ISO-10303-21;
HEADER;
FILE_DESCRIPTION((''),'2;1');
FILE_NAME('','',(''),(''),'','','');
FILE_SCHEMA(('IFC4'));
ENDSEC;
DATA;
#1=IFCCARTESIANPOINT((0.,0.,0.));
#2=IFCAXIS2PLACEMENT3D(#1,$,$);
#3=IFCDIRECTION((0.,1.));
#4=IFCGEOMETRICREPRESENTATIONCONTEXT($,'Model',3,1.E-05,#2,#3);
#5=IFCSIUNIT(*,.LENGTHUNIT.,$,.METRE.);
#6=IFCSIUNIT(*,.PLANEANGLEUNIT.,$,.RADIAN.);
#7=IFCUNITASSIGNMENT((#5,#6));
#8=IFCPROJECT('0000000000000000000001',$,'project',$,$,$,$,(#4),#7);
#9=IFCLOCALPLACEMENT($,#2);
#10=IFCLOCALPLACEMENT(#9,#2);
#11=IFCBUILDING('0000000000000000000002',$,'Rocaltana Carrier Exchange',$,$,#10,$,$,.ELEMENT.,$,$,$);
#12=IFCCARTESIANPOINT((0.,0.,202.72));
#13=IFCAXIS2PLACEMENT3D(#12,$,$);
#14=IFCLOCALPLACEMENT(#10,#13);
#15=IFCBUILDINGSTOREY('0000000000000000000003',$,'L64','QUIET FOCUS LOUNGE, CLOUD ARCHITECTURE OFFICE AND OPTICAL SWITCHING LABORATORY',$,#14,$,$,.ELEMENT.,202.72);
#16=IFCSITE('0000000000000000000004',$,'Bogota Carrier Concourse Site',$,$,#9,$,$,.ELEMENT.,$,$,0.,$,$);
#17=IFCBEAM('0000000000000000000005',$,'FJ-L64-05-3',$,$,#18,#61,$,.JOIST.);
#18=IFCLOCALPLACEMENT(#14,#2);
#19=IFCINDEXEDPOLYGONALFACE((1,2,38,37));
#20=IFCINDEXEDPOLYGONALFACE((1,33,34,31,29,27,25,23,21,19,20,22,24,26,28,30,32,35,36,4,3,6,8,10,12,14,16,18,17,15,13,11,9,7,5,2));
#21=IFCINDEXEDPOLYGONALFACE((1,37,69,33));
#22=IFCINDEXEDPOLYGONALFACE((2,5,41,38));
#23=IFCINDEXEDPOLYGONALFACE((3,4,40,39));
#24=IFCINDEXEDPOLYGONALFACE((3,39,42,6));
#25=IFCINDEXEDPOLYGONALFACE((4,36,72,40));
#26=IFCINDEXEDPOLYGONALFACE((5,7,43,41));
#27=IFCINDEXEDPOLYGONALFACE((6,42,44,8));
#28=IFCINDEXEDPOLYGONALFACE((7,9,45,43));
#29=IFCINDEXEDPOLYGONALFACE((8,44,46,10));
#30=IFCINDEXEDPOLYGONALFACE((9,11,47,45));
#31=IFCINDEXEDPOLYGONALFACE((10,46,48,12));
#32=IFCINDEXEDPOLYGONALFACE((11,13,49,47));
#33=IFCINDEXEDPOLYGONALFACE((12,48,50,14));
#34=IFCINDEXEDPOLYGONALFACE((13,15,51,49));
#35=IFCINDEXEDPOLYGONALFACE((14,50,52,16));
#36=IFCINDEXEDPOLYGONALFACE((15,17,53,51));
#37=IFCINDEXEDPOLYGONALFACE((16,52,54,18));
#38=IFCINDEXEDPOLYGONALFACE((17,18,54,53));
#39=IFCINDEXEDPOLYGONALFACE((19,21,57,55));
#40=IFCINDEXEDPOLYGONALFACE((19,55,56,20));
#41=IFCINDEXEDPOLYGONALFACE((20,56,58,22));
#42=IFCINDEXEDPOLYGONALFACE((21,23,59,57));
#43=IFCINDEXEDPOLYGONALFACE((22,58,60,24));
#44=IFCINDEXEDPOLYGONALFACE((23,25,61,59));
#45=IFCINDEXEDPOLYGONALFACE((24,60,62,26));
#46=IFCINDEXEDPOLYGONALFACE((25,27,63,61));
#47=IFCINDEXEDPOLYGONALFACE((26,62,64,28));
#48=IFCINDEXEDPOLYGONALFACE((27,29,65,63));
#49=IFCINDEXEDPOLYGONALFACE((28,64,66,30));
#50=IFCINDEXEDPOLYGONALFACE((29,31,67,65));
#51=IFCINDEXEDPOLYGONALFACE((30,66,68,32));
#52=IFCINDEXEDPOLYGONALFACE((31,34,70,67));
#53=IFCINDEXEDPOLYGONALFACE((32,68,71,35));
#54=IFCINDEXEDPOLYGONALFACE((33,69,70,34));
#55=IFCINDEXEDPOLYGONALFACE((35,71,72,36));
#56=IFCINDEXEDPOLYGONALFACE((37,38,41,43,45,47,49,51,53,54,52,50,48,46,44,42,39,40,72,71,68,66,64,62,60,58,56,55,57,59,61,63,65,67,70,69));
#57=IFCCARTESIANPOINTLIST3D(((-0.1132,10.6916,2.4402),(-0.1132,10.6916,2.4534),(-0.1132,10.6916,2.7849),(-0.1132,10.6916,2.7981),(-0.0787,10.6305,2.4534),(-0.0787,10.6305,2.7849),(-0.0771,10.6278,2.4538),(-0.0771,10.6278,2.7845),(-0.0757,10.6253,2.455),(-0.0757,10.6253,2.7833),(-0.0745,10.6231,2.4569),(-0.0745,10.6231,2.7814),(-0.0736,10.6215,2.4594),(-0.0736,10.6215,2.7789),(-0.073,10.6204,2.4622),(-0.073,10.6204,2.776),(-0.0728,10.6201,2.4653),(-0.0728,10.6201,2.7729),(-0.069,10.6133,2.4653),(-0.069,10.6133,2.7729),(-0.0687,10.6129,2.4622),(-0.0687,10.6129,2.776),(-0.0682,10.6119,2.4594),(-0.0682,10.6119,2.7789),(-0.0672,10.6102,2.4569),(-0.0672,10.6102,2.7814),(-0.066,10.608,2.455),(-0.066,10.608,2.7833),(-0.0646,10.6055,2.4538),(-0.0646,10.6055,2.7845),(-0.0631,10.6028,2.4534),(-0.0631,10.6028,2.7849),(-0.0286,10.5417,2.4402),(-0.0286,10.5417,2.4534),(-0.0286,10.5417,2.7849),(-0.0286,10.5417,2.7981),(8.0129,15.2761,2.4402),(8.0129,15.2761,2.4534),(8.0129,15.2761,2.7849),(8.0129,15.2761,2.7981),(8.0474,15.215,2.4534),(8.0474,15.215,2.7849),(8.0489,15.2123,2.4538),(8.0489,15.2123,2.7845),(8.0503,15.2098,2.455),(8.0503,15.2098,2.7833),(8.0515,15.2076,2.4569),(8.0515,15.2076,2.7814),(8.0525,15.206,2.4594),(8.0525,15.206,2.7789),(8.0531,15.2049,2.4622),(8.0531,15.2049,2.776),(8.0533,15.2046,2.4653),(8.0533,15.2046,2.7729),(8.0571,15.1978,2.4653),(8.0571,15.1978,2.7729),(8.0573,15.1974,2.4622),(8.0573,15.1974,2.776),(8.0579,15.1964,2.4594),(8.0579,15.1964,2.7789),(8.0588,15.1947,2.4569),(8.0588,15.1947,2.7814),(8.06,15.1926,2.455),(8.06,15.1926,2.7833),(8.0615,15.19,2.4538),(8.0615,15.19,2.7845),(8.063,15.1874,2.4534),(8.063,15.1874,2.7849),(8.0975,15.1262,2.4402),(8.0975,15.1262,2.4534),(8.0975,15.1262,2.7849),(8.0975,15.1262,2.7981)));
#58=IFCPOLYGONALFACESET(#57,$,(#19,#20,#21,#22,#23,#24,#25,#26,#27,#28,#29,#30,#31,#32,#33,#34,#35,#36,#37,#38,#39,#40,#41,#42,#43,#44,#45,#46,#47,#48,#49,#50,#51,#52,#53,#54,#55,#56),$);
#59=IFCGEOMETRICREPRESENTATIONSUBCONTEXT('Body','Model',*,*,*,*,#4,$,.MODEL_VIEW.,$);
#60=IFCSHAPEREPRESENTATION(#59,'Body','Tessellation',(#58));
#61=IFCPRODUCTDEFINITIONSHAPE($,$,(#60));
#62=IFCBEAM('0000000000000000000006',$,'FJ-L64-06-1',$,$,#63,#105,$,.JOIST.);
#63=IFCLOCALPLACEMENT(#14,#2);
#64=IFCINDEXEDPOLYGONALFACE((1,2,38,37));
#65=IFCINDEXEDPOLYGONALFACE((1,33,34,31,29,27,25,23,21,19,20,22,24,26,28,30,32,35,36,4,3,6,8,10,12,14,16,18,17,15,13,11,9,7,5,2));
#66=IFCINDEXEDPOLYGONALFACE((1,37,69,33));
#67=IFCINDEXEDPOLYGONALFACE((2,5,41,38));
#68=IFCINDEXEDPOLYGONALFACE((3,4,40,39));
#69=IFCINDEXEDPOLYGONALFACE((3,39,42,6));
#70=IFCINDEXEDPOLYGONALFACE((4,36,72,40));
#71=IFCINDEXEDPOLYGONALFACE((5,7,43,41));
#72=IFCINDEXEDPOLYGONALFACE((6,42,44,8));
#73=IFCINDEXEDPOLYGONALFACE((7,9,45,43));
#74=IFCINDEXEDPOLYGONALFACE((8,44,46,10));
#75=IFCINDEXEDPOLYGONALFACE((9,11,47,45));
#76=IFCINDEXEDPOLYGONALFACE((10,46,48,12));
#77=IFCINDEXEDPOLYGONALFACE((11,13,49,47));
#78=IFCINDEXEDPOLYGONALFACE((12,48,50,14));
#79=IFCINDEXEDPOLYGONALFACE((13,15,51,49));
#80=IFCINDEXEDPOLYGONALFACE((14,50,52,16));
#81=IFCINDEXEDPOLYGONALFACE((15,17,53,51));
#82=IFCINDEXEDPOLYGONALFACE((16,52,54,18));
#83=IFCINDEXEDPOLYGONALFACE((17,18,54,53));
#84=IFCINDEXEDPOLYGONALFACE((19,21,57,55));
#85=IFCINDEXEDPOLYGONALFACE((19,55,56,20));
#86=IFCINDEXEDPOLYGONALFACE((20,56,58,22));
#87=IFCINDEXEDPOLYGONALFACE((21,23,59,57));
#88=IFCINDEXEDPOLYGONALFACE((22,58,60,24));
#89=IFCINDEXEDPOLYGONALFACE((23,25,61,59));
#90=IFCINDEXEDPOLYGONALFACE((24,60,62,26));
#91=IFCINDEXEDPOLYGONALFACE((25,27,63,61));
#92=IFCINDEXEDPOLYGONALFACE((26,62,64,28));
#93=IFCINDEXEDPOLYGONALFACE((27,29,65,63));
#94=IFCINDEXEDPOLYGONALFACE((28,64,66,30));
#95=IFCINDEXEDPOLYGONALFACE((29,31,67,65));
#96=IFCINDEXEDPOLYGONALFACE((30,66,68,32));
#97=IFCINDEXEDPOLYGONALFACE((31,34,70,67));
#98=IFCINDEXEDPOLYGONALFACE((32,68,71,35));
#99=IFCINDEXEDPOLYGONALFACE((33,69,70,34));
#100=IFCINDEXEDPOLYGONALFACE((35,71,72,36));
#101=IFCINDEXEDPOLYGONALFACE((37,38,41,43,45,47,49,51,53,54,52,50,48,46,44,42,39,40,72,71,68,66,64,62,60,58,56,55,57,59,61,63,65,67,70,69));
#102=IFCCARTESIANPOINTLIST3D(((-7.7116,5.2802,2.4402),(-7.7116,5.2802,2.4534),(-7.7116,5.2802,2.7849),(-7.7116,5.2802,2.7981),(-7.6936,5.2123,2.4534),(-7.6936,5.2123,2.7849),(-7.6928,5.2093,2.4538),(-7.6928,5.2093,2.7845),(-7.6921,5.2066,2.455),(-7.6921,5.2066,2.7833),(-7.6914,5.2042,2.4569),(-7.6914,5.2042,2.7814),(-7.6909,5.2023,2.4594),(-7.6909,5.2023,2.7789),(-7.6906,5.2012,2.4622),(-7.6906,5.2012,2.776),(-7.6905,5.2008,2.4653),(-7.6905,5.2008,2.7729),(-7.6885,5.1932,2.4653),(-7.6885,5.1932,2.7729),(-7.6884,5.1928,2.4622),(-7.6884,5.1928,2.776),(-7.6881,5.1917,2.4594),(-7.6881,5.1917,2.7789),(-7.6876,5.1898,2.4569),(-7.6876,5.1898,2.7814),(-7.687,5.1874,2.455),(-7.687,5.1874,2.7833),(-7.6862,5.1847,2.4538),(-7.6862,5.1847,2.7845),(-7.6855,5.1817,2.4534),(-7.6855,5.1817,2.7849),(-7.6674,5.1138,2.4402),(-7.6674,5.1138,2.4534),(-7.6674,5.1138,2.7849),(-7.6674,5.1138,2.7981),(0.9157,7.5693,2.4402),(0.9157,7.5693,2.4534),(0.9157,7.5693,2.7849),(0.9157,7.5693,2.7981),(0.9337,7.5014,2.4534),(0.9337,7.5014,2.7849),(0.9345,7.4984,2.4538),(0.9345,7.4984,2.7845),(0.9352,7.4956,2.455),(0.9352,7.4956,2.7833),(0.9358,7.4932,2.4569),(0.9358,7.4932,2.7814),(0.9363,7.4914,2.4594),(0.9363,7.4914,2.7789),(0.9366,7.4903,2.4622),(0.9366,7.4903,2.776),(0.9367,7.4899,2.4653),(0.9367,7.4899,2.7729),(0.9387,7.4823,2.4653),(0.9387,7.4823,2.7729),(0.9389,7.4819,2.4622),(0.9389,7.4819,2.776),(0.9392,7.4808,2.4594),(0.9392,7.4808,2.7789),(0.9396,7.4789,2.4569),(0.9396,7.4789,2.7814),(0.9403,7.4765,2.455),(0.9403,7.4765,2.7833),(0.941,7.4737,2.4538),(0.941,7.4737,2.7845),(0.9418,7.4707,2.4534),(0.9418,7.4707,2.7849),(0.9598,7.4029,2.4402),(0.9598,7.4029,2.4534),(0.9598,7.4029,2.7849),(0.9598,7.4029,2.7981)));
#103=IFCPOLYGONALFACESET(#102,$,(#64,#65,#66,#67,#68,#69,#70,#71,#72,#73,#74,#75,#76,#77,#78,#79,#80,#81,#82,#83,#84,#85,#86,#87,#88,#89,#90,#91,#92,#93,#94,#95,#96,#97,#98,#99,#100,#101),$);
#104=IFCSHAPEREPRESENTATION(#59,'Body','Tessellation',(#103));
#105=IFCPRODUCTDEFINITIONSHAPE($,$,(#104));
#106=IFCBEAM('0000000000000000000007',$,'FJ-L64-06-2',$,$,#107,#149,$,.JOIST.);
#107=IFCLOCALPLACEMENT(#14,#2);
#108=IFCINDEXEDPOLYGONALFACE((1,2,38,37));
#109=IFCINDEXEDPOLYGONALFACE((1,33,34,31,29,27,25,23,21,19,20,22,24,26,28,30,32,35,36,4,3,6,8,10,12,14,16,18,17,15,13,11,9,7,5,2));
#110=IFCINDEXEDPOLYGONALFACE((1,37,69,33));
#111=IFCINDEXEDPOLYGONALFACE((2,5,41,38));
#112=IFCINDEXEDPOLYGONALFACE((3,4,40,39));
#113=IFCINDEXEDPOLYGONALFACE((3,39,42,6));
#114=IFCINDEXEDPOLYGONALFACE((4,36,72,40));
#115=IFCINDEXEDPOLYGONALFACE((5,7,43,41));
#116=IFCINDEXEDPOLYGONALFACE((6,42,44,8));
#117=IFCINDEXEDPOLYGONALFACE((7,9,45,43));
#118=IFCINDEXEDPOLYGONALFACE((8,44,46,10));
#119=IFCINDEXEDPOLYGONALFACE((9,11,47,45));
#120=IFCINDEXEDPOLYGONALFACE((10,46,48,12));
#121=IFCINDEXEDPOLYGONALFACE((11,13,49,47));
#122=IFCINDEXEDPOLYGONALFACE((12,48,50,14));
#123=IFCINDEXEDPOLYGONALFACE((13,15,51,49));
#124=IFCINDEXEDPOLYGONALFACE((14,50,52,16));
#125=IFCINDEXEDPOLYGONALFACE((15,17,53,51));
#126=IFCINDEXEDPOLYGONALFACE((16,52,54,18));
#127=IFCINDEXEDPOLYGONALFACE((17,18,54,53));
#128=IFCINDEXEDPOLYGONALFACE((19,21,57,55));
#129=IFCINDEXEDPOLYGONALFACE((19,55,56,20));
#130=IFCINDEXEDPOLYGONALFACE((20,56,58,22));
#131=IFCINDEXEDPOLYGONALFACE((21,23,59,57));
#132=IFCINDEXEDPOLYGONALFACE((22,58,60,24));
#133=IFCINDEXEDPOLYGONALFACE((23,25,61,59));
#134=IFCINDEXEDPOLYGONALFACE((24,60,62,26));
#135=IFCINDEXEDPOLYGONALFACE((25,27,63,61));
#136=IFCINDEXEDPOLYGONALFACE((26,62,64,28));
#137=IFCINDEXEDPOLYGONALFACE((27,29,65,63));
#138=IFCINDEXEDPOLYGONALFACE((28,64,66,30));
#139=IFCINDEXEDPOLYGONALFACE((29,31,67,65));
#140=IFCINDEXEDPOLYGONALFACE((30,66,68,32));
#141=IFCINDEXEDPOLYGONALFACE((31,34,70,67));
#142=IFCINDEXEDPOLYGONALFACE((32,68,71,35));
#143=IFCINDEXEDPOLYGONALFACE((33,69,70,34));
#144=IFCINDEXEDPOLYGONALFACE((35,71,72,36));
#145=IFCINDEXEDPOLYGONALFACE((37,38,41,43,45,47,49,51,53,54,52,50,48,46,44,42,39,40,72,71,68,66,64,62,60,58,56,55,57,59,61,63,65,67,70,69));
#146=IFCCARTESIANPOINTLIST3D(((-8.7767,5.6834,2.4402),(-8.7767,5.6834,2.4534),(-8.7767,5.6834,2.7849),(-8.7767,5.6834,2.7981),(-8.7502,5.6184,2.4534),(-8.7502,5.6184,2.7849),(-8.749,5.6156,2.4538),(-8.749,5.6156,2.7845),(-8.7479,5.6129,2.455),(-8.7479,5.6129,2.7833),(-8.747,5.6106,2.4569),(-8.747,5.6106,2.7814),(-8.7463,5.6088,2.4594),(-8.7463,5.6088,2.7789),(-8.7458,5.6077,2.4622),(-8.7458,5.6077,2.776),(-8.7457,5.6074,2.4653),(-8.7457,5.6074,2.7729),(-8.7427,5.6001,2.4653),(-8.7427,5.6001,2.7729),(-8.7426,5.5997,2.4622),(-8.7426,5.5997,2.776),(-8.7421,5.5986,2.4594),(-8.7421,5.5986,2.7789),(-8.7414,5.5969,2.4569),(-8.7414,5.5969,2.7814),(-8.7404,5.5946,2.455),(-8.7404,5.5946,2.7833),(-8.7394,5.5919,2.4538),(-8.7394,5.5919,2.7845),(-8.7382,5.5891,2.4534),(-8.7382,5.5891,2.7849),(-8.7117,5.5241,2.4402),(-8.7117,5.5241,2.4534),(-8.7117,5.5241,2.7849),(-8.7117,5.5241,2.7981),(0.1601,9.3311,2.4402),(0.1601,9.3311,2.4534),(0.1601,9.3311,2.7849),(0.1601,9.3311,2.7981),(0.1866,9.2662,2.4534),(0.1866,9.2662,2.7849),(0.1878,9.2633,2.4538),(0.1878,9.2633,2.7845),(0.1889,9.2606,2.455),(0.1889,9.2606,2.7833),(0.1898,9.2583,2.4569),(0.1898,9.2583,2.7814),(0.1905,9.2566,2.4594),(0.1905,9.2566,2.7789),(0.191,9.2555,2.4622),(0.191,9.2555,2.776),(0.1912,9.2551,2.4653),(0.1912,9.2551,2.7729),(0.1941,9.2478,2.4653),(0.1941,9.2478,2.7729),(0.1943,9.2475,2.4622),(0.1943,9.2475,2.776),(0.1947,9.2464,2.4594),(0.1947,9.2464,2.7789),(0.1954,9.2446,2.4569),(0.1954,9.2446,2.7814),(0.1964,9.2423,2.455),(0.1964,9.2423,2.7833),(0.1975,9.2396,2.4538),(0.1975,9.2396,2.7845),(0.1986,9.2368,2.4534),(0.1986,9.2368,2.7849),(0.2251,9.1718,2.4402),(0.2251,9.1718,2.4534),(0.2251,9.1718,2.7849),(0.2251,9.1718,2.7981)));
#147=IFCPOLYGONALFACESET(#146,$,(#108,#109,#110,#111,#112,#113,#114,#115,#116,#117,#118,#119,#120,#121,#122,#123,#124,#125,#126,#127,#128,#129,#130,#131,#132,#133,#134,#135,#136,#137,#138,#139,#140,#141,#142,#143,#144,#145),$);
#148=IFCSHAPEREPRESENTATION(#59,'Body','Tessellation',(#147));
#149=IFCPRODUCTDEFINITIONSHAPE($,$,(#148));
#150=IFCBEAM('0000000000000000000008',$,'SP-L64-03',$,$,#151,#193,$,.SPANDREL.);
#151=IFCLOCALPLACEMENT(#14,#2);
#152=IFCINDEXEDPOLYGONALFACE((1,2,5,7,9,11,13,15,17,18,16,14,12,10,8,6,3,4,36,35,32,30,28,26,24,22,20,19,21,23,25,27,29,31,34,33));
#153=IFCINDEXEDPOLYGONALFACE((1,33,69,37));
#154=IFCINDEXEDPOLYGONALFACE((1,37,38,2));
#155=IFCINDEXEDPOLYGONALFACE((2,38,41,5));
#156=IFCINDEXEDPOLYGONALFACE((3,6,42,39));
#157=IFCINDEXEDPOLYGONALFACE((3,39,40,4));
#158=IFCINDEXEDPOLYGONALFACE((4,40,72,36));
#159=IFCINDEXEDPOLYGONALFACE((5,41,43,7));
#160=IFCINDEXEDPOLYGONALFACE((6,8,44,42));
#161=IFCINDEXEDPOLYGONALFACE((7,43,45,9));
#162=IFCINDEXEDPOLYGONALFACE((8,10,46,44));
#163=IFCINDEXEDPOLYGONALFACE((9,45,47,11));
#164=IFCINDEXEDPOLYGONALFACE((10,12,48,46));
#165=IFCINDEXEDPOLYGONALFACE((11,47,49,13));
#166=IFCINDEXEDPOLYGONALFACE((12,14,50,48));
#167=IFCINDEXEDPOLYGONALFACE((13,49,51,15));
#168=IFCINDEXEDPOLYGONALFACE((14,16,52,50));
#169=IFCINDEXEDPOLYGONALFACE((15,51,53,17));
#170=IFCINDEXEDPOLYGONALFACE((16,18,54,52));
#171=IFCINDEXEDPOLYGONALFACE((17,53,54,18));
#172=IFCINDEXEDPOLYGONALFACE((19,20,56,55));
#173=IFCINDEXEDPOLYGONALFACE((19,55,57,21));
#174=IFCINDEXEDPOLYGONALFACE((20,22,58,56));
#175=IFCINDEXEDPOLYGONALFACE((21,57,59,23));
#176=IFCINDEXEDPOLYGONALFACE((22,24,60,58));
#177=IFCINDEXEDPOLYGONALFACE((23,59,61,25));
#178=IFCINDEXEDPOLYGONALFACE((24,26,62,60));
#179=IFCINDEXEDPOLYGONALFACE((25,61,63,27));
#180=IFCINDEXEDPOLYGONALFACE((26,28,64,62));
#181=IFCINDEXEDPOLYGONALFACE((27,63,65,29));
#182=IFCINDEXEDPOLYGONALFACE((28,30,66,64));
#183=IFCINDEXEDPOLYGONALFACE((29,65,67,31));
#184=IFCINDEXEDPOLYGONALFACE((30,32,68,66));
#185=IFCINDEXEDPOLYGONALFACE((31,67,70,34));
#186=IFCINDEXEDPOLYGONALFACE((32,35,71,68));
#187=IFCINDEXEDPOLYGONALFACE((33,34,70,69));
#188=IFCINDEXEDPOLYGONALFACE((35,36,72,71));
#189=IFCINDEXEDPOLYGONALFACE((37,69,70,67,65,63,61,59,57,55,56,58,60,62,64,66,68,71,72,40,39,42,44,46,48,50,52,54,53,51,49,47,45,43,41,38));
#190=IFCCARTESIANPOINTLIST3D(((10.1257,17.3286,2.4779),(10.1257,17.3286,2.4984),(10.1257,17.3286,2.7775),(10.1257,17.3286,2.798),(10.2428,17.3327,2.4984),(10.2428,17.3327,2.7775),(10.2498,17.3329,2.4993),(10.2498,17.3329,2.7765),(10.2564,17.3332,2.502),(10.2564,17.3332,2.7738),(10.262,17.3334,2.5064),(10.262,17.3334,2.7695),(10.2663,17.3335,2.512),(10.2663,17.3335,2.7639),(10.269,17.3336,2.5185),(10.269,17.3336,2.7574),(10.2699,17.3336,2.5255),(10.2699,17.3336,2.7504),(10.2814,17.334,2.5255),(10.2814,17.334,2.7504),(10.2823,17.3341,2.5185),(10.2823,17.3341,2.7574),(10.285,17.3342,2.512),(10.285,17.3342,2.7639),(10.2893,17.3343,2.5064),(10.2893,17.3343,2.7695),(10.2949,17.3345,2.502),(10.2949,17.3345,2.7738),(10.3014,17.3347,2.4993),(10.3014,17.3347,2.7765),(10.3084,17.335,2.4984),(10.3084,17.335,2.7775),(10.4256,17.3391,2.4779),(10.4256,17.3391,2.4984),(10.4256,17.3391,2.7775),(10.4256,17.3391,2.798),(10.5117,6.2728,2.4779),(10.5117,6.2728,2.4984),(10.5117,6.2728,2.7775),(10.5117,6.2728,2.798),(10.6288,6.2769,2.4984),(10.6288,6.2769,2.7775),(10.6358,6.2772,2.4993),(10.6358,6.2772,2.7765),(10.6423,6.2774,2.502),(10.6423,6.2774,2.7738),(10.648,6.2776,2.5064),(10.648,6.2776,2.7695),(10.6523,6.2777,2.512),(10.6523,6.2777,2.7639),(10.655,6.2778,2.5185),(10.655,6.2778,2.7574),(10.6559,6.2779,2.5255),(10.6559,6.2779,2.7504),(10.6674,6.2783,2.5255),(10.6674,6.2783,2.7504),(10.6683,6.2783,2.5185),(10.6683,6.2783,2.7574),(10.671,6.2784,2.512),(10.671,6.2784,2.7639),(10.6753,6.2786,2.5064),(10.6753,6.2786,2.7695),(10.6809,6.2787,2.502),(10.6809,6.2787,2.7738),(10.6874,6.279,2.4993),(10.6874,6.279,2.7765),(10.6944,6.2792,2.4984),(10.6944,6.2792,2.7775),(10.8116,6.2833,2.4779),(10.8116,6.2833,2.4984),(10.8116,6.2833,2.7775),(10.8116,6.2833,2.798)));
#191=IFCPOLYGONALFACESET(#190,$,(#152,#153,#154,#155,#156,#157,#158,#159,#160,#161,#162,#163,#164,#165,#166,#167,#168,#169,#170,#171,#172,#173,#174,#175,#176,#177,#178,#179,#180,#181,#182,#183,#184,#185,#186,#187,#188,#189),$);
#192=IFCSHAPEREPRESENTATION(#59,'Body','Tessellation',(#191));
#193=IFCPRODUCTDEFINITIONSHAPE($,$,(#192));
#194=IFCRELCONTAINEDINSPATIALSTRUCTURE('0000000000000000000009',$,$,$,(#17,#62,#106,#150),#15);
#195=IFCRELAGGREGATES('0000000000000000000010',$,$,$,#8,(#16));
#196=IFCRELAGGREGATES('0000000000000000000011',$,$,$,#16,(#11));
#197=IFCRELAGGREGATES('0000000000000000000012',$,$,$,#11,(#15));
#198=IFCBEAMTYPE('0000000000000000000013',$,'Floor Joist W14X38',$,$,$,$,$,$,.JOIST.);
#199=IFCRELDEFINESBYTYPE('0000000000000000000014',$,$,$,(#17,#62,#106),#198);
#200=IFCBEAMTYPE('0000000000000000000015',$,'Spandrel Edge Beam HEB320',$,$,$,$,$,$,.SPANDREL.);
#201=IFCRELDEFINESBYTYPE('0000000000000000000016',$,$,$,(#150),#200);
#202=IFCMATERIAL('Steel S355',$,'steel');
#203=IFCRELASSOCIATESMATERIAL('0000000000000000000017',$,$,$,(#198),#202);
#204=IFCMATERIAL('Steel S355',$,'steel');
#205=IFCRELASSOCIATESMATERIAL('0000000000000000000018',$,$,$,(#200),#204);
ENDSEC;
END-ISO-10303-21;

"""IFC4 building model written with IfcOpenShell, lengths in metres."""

from ifc_helpers import new_model, si_unit, direction, frame, origin, origin_2d, place, context, subcontext, project, spatial, i_section, extrude, material, material_profile, profile_set, type_object, element, save


model = new_model("IFC4")

# Units and contexts
model_context = context("Model", 3, precision=1e-05, world=origin(), true_north=direction((0.0, 1.0)))
body_context = subcontext(model_context, "Body", "Model", "MODEL_VIEW")
ifc_project = project(units=[si_unit("LENGTHUNIT", "METRE"), si_unit("PLANEANGLEUNIT", "RADIAN")], contexts=[model_context])

# Site, building, storey
site_placement = place(None, origin())
site = spatial("IfcSite", under=ifc_project, at=site_placement, Name="Bogota Carrier Concourse Site", CompositionType="ELEMENT", RefElevation=0.0)
building_placement = place(site_placement, origin())
building = spatial("IfcBuilding", under=site, at=building_placement, Name="Rocaltana Carrier Exchange", CompositionType="ELEMENT")
storey_placement = place(building_placement, frame((0.0, 0.0, 202.72)))
storey = spatial("IfcBuildingStorey", under=building, at=storey_placement, Name="L64", Description="QUIET FOCUS LOUNGE, CLOUD ARCHITECTURE OFFICE AND OPTICAL SWITCHING LABORATORY", CompositionType="ELEMENT", Elevation=202.72)

# Beams
ifc_material_1 = material(Name="Steel S355", Category="steel")
ifc_material_profile_1 = material_profile(ifc_material_1, i_section(OverallWidth=0.1721, OverallDepth=0.3579, WebThickness=0.0078, FlangeThickness=0.0132, FilletRadius=0.012, at=origin_2d()), Name="W14X38")
ifc_profile_set_1 = profile_set([ifc_material_profile_1], Name="Steel S355")
beam_type_1 = type_object("IfcBeamType", Name="Floor Joist W14X38", PredefinedType="JOIST", material=ifc_profile_set_1)
beam_1_placement = place(storey_placement, frame((8.0552, 15.2012, 2.6191), z_axis=(-0.870951, -0.491369, 0.0), x_axis=(0.491369, -0.870951, 0.0)))
element("IfcBeam", 1, at=beam_1_placement, inside=storey, type_object=beam_type_1, Name="FJ-L64-05-3", PredefinedType="JOIST", context=body_context, shape_type="SweptSolid", body=[
    extrude(i_section(OverallWidth=0.1721, OverallDepth=0.3579, WebThickness=0.0078, FlangeThickness=0.0132, FilletRadius=0.012, at=origin_2d()), origin(), (0.0, 0.0, 1.0), 9.3301),
])
beam_2_placement = place(storey_placement, frame((0.9377, 7.4861, 2.6191), z_axis=(-0.966556, -0.256457, 0.0), x_axis=(0.256457, -0.966556, 0.0)))
element("IfcBeam", 2, at=beam_2_placement, inside=storey, type_object=beam_type_1, Name="FJ-L64-06-1", PredefinedType="JOIST", context=body_context, shape_type="SweptSolid", body=[
    extrude(i_section(OverallWidth=0.1721, OverallDepth=0.3579, WebThickness=0.0078, FlangeThickness=0.0132, FilletRadius=0.012, at=origin_2d()), origin(), (0.0, 0.0, 1.0), 8.9258),
])
beam_3_placement = place(storey_placement, frame((0.1926, 9.2515, 2.6191), z_axis=(-0.925846, -0.377901, 0.0), x_axis=(0.377901, -0.925846, 0.0)))
element("IfcBeam", 3, at=beam_3_placement, inside=storey, type_object=beam_type_1, Name="FJ-L64-06-2", PredefinedType="JOIST", context=body_context, shape_type="SweptSolid", body=[
    extrude(i_section(OverallWidth=0.1721, OverallDepth=0.3579, WebThickness=0.0078, FlangeThickness=0.0132, FilletRadius=0.012, at=origin_2d()), origin(), (0.0, 0.0, 1.0), 9.6526),
])
ifc_material_2 = material(Name="Steel S355", Category="steel")
ifc_material_profile_2 = material_profile(ifc_material_2, i_section(OverallWidth=0.3, OverallDepth=0.3201, WebThickness=0.0115, FlangeThickness=0.0205, FilletRadius=0.0271, at=origin_2d()), Name="HEB320")
ifc_profile_set_2 = profile_set([ifc_material_profile_2], Name="Steel S355")
beam_type_2 = type_object("IfcBeamType", Name="Spandrel Edge Beam HEB320", PredefinedType="SPANDREL", material=ifc_profile_set_2)
beam_4_placement = place(storey_placement, frame((10.6616, 6.2781, 2.6379), z_axis=(-0.034892, 0.999391, 0.0), x_axis=(-0.999391, -0.034892, 0.0)))
element("IfcBeam", 4, at=beam_4_placement, inside=storey, type_object=beam_type_2, Name="SP-L64-03", PredefinedType="SPANDREL", context=body_context, shape_type="SweptSolid", body=[
    extrude(i_section(OverallWidth=0.3, OverallDepth=0.3201, WebThickness=0.0115, FlangeThickness=0.0205, FilletRadius=0.0271, at=origin_2d()), origin(), (0.0, 0.0, 1.0), 11.0625),
])

save(model, "model.ifc")
